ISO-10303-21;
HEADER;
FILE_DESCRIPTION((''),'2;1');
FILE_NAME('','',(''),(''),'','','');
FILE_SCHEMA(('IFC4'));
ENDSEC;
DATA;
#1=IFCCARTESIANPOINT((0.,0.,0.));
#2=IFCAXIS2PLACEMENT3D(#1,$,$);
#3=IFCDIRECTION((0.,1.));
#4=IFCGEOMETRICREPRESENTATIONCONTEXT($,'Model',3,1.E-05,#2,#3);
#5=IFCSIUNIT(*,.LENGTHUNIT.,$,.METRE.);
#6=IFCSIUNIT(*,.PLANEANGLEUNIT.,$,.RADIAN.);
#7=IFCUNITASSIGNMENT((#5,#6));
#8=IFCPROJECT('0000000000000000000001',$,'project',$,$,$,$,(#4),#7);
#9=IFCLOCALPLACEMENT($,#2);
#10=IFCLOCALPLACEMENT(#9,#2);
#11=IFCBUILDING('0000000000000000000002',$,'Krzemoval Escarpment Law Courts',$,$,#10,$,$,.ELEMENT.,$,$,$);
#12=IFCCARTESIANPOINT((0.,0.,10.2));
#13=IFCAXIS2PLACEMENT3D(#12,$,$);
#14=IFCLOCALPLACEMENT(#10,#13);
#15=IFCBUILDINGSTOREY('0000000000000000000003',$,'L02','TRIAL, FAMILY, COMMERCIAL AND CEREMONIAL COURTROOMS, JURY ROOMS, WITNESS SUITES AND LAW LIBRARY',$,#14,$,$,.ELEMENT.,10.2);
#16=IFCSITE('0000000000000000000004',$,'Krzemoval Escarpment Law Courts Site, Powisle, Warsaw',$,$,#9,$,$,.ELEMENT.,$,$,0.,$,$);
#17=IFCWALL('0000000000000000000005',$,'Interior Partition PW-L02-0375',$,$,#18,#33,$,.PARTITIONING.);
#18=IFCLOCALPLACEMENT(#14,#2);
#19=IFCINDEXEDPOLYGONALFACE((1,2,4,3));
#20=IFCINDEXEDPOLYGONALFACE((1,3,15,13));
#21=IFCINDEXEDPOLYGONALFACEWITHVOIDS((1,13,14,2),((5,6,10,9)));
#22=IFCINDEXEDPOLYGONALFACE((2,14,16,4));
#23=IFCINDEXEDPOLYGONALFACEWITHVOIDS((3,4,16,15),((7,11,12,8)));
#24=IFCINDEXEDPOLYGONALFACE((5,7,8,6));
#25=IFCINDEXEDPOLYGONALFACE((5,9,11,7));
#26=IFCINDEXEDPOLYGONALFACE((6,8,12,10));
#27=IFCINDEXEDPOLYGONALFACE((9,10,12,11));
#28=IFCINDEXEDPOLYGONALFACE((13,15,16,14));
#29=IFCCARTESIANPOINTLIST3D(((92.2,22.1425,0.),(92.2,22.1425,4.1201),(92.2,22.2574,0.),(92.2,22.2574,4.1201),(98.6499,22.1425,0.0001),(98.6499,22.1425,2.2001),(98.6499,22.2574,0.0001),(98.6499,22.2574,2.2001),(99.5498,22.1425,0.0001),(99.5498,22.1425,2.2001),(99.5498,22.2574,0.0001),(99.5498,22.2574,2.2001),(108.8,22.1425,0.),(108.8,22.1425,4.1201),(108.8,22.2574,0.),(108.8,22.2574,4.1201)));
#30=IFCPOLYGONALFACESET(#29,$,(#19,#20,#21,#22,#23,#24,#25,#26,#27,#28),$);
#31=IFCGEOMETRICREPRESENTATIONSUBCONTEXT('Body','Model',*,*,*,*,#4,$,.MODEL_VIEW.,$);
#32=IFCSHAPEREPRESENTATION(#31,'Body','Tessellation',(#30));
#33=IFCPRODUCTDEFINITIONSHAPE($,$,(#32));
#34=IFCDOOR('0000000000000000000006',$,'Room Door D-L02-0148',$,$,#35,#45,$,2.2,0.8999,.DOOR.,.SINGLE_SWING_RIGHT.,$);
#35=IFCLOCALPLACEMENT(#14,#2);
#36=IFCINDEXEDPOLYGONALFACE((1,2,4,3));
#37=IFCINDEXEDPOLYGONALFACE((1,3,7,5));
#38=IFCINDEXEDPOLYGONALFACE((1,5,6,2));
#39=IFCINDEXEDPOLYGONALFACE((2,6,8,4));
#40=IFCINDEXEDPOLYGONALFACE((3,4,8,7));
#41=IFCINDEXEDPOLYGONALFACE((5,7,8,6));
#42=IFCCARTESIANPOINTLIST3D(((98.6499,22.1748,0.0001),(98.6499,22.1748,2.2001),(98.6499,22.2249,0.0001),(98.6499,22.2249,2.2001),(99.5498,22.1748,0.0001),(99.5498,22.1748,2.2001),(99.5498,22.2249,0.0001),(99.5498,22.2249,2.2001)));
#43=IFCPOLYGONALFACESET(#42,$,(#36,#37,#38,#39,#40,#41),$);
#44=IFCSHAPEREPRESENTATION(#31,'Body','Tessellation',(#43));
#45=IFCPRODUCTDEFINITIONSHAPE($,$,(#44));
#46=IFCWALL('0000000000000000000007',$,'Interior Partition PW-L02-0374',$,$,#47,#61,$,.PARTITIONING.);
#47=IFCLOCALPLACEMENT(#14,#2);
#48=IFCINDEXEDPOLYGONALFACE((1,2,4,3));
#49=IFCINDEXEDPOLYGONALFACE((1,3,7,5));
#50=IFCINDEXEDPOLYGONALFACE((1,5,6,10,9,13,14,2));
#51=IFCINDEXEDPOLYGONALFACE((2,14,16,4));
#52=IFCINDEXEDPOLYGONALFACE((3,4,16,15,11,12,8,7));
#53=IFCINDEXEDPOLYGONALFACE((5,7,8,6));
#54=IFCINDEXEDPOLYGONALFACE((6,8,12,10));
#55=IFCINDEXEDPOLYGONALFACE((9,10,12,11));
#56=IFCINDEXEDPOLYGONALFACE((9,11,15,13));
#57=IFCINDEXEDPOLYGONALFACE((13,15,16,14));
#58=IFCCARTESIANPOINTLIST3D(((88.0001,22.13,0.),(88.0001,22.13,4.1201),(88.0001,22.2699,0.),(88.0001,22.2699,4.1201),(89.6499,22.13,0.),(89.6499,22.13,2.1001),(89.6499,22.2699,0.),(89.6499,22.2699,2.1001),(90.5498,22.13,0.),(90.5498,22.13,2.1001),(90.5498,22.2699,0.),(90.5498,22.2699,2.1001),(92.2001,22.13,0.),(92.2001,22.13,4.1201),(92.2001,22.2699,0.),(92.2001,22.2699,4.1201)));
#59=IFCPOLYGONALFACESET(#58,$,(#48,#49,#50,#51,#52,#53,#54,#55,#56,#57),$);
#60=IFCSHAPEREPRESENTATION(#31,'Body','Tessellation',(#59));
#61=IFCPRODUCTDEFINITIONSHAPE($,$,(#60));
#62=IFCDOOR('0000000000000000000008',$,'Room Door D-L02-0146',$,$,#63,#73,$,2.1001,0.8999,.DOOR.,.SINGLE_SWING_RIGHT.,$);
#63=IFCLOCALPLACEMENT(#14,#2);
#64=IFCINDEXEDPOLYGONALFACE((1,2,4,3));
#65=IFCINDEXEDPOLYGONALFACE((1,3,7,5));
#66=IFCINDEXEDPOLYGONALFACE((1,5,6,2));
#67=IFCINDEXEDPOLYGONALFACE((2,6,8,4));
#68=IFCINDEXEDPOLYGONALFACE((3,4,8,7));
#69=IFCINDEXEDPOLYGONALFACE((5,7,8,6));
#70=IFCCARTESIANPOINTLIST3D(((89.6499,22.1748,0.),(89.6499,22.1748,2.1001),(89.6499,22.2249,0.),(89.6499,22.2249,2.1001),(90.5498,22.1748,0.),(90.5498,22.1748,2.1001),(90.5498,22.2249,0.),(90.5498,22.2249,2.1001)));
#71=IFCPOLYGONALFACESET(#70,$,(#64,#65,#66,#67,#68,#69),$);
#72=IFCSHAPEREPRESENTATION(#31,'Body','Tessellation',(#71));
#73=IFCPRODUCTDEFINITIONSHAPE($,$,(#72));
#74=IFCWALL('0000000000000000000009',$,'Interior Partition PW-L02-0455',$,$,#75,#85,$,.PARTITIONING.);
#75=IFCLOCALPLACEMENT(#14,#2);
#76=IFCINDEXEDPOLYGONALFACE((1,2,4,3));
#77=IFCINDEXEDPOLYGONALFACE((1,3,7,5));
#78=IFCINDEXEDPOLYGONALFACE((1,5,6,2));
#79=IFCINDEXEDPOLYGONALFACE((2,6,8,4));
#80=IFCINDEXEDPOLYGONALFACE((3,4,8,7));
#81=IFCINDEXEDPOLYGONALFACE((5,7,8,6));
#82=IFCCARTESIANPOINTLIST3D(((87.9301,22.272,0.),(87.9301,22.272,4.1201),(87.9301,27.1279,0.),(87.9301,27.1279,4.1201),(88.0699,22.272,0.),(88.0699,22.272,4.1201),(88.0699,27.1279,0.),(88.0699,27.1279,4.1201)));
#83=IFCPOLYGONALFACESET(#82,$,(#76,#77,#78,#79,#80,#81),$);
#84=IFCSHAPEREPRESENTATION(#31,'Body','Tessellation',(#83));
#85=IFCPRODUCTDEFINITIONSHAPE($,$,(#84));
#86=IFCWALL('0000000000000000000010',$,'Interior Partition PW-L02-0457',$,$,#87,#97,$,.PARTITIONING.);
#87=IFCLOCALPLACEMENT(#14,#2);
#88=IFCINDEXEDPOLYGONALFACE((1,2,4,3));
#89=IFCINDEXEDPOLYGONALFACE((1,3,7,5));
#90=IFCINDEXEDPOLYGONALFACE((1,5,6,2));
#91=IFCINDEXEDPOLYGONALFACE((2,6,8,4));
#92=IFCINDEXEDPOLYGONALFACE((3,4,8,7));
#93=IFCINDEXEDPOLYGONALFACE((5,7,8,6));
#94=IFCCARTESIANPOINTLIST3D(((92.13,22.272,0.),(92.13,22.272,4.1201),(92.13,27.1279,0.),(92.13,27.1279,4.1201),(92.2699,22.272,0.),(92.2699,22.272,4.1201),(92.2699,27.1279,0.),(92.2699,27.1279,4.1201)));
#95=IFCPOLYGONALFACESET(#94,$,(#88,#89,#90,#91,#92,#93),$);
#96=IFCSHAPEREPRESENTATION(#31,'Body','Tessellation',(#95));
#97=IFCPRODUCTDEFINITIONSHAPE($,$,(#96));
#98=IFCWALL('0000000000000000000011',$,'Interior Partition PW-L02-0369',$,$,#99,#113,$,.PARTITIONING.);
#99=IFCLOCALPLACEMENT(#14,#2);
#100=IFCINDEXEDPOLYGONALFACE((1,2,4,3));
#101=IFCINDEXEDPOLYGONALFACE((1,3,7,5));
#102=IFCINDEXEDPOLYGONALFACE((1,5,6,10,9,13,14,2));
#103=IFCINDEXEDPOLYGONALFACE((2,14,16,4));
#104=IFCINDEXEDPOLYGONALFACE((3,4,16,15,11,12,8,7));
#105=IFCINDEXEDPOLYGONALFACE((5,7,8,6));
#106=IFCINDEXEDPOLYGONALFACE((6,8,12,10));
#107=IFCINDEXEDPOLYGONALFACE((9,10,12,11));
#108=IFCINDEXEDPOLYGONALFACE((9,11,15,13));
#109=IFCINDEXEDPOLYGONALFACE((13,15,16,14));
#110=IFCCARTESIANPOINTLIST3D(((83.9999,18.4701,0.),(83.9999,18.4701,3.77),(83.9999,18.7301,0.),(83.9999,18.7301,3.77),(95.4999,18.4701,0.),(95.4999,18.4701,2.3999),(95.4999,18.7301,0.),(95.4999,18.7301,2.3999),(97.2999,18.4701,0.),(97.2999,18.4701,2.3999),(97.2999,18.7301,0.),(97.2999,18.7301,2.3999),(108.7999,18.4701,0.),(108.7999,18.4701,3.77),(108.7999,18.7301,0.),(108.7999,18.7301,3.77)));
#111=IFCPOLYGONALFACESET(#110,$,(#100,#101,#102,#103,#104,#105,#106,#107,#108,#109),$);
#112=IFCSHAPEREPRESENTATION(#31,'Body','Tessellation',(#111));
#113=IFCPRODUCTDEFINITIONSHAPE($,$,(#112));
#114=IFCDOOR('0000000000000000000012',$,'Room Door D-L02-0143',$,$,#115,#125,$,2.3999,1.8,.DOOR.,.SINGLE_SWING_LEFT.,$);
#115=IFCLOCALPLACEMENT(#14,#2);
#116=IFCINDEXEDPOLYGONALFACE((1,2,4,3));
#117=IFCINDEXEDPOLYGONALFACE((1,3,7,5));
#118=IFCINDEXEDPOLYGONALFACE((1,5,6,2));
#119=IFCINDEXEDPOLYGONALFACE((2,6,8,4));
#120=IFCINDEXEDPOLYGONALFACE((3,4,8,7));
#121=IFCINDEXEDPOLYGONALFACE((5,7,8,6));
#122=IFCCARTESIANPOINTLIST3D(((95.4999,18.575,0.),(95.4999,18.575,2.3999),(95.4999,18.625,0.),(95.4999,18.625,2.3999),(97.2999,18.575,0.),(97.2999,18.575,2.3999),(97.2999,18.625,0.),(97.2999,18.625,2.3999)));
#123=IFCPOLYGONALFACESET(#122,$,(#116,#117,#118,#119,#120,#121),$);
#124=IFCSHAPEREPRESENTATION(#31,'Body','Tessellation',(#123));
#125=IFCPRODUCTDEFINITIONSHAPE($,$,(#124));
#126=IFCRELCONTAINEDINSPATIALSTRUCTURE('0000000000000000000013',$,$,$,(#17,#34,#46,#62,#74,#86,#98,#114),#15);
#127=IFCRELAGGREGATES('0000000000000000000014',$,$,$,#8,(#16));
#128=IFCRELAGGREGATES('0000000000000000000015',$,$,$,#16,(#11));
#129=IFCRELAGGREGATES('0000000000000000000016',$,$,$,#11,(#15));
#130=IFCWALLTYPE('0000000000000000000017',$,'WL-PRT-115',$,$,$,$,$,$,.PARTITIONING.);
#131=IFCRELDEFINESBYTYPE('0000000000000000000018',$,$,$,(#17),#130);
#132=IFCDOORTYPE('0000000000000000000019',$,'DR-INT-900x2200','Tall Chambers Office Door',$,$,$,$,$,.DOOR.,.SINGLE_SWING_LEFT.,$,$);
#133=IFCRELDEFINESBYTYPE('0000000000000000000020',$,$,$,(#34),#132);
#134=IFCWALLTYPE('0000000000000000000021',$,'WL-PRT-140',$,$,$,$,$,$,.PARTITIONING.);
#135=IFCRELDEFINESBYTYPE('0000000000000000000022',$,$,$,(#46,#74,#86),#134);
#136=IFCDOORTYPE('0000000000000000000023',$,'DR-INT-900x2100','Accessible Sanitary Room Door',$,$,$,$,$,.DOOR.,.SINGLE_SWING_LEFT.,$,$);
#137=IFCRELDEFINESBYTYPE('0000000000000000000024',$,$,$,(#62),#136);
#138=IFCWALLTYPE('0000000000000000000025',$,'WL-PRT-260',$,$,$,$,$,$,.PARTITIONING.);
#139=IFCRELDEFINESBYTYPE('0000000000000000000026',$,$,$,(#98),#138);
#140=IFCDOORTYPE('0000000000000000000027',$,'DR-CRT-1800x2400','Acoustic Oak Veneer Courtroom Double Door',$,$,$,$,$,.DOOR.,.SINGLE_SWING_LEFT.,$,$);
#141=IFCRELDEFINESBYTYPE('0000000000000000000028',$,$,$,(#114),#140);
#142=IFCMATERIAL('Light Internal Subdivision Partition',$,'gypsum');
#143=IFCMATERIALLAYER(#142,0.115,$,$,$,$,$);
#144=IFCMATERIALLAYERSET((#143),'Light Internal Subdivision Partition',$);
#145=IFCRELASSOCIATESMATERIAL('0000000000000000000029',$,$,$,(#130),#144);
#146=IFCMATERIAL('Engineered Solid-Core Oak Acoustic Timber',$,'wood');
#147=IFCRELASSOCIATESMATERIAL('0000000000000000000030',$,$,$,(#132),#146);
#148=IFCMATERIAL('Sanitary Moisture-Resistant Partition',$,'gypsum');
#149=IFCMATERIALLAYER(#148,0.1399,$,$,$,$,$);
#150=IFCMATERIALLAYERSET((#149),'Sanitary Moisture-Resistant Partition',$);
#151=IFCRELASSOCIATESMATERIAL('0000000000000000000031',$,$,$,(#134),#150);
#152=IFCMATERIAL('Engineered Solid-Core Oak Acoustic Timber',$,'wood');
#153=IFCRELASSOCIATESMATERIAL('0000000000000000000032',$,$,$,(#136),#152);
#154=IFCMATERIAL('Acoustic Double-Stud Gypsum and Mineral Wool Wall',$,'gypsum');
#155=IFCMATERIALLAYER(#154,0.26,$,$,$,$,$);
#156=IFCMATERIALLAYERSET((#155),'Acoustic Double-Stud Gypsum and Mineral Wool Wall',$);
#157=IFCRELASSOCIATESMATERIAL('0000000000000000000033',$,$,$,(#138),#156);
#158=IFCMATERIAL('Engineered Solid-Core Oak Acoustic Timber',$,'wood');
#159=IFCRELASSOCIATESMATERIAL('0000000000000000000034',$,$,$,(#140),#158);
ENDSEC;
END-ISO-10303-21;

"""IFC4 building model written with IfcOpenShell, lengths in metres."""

from ifc_helpers import new_model, si_unit, direction, frame, frame_2d, origin, place, context, subcontext, project, spatial, rectangle, extrude, material, layer, layer_set, type_object, element, fill, save


model = new_model("IFC4")

# Units and contexts
model_context = context("Model", 3, precision=1e-05, world=origin(), true_north=direction((0.0, 1.0)))
body_context = subcontext(model_context, "Body", "Model", "MODEL_VIEW")
ifc_project = project(units=[si_unit("LENGTHUNIT", "METRE"), si_unit("PLANEANGLEUNIT", "RADIAN")], contexts=[model_context])

# Site, building, storey
site_placement = place(None, origin())
site = spatial("IfcSite", under=ifc_project, at=site_placement, Name="Krzemoval Escarpment Law Courts Site, Powisle, Warsaw", CompositionType="ELEMENT", RefElevation=0.0)
building_placement = place(site_placement, origin())
building = spatial("IfcBuilding", under=site, at=building_placement, Name="Krzemoval Escarpment Law Courts", CompositionType="ELEMENT")
storey_placement = place(building_placement, frame((0.0, 0.0, 10.2)))
storey = spatial("IfcBuildingStorey", under=building, at=storey_placement, Name="L02", Description="TRIAL, FAMILY, COMMERCIAL AND CEREMONIAL COURTROOMS, JURY ROOMS, WITNESS SUITES AND LAW LIBRARY", CompositionType="ELEMENT", Elevation=10.2)

# Walls, openings, doors
ifc_material_1 = material(Name="Light Internal Subdivision Partition", Category="gypsum")
ifc_layer_1 = layer(ifc_material_1, 0.115)
ifc_layer_set_1 = layer_set([ifc_layer_1], Name="Light Internal Subdivision Partition")
wall_type_1 = type_object("IfcWallType", Name="WL-PRT-115", PredefinedType="PARTITIONING", material=ifc_layer_set_1)
wall_1_placement = place(storey_placement, frame((92.2, 22.2, 0.0), z_axis=(0.0, 0.0, 1.0), x_axis=(1.0, 0.0, 0.0)))
wall_1 = element("IfcWall", 1, at=wall_1_placement, inside=storey, type_object=wall_type_1, Name="Interior Partition PW-L02-0375", PredefinedType="PARTITIONING", context=body_context, shape_type="SweptSolid", body=[
    extrude(rectangle(XDim=16.6001, YDim=0.115, at=frame_2d((8.3, 0.0))), origin(), (0.0, 0.0, 1.0), 4.1201),
])
opening_1_placement = place(wall_1_placement, frame((6.45, 0.0, 0.0)))
opening_1 = element("IfcOpeningElement", 2, at=opening_1_placement, cuts=wall_1, PredefinedType="OPENING", context=body_context, shape_type="SweptSolid", body=[
    extrude(rectangle(XDim=0.8999, YDim=2.2, at=frame_2d((0.45, 1.1001))), frame((0.0, 0.0725, 0.0), z_axis=(0.0, -1.0, 0.0), x_axis=(1.0, 0.0, 0.0)), (0.0, 0.0, 1.0), 0.145),
])
ifc_material_2 = material(Name="Engineered Solid-Core Oak Acoustic Timber", Category="wood")
door_type_1 = type_object("IfcDoorType", Name="DR-INT-900x2200", Description="Tall Chambers Office Door", OperationType="SINGLE_SWING_LEFT", PredefinedType="DOOR", material=ifc_material_2)
door_1_placement = place(opening_1_placement, origin())
door_1 = element("IfcDoor", 3, at=door_1_placement, inside=storey, type_object=door_type_1, Name="Room Door D-L02-0148", OperationType="SINGLE_SWING_RIGHT", OverallHeight=2.2, OverallWidth=0.8999, PredefinedType="DOOR", context=body_context, shape_type="SweptSolid", body=[
    extrude(rectangle(XDim=0.8999, YDim=2.2, at=frame_2d((0.45, 1.1001))), frame((0.0, 0.0249, 0.0), z_axis=(0.0, -1.0, 0.0), x_axis=(1.0, 0.0, 0.0)), (0.0, 0.0, 1.0), 0.05),
])
fill(opening_1, door_1)
ifc_material_3 = material(Name="Sanitary Moisture-Resistant Partition", Category="gypsum")
ifc_layer_2 = layer(ifc_material_3, 0.1399)
ifc_layer_set_2 = layer_set([ifc_layer_2], Name="Sanitary Moisture-Resistant Partition")
wall_type_2 = type_object("IfcWallType", Name="WL-PRT-140", PredefinedType="PARTITIONING", material=ifc_layer_set_2)
wall_2_placement = place(storey_placement, frame((88.0, 22.2, 0.0), z_axis=(0.0, 0.0, 1.0), x_axis=(1.0, 0.0, 0.0)))
wall_2 = element("IfcWall", 4, at=wall_2_placement, inside=storey, type_object=wall_type_2, Name="Interior Partition PW-L02-0374", PredefinedType="PARTITIONING", context=body_context, shape_type="SweptSolid", body=[
    extrude(rectangle(XDim=4.2, YDim=0.1399, at=frame_2d((2.1001, 0.0))), origin(), (0.0, 0.0, 1.0), 4.1201),
])
opening_2_placement = place(wall_2_placement, frame((1.6499, 0.0, 0.0)))
opening_2 = element("IfcOpeningElement", 5, at=opening_2_placement, cuts=wall_2, PredefinedType="OPENING", context=body_context, shape_type="SweptSolid", body=[
    extrude(rectangle(XDim=0.8999, YDim=2.1001, at=frame_2d((0.45, 1.05))), frame((0.0, 0.0849, 0.0), z_axis=(0.0, -1.0, 0.0), x_axis=(1.0, 0.0, 0.0)), (0.0, 0.0, 1.0), 0.1699),
])
ifc_material_4 = material(Name="Engineered Solid-Core Oak Acoustic Timber", Category="wood")
door_type_2 = type_object("IfcDoorType", Name="DR-INT-900x2100", Description="Accessible Sanitary Room Door", OperationType="SINGLE_SWING_LEFT", PredefinedType="DOOR", material=ifc_material_4)
door_2_placement = place(opening_2_placement, origin())
door_2 = element("IfcDoor", 6, at=door_2_placement, inside=storey, type_object=door_type_2, Name="Room Door D-L02-0146", OperationType="SINGLE_SWING_RIGHT", OverallHeight=2.1001, OverallWidth=0.8999, PredefinedType="DOOR", context=body_context, shape_type="SweptSolid", body=[
    extrude(rectangle(XDim=0.8999, YDim=2.1001, at=frame_2d((0.45, 1.05))), frame((0.0, 0.0249, 0.0), z_axis=(0.0, -1.0, 0.0), x_axis=(1.0, 0.0, 0.0)), (0.0, 0.0, 1.0), 0.05),
])
fill(opening_2, door_2)

# Walls
for number, where, z_axis, x_axis, name in (
    (7, (88.0, 22.272, 0.0), (0.0, 0.0, 1.0), (0.0, 1.0, 0.0), "Interior Partition PW-L02-0455"),
    (8, (92.2, 22.272, 0.0), (0.0, 0.0, 1.0), (0.0, 1.0, 0.0), "Interior Partition PW-L02-0457"),
):
    element("IfcWall", number, at=place(storey_placement, frame(where, z_axis=z_axis, x_axis=x_axis)), inside=storey, type_object=wall_type_2, Name=name, PredefinedType="PARTITIONING", context=body_context, shape_type="SweptSolid", body=[
        extrude(rectangle(XDim=4.856, YDim=0.1399, at=frame_2d((2.428, 0.0))), origin(), (0.0, 0.0, 1.0), 4.1201),
    ])

# Wall, opening, door
ifc_material_5 = material(Name="Acoustic Double-Stud Gypsum and Mineral Wool Wall", Category="gypsum")
ifc_layer_3 = layer(ifc_material_5, 0.26)
ifc_layer_set_3 = layer_set([ifc_layer_3], Name="Acoustic Double-Stud Gypsum and Mineral Wool Wall")
wall_type_3 = type_object("IfcWallType", Name="WL-PRT-260", PredefinedType="PARTITIONING", material=ifc_layer_set_3)
wall_3_placement = place(storey_placement, frame((84.0, 18.6001, 0.0), z_axis=(0.0, 0.0, 1.0), x_axis=(1.0, 0.0, 0.0)))
wall_3 = element("IfcWall", 9, at=wall_3_placement, inside=storey, type_object=wall_type_3, Name="Interior Partition PW-L02-0369", PredefinedType="PARTITIONING", context=body_context, shape_type="SweptSolid", body=[
    extrude(rectangle(XDim=24.8, YDim=0.26, at=frame_2d((12.3999, 0.0))), origin(), (0.0, 0.0, 1.0), 3.77),
])
opening_3_placement = place(wall_3_placement, frame((11.5, 0.0, 0.0)))
opening_3 = element("IfcOpeningElement", 10, at=opening_3_placement, cuts=wall_3, PredefinedType="OPENING", context=body_context, shape_type="SweptSolid", body=[
    extrude(rectangle(XDim=1.8, YDim=2.3999, at=frame_2d((0.8999, 1.2))), frame((0.0, 0.145, 0.0), z_axis=(0.0, -1.0, 0.0), x_axis=(1.0, 0.0, 0.0)), (0.0, 0.0, 1.0), 0.29),
])
ifc_material_6 = material(Name="Engineered Solid-Core Oak Acoustic Timber", Category="wood")
door_type_3 = type_object("IfcDoorType", Name="DR-CRT-1800x2400", Description="Acoustic Oak Veneer Courtroom Double Door", OperationType="SINGLE_SWING_LEFT", PredefinedType="DOOR", material=ifc_material_6)
door_3_placement = place(opening_3_placement, origin())
door_3 = element("IfcDoor", 11, at=door_3_placement, inside=storey, type_object=door_type_3, Name="Room Door D-L02-0143", OperationType="SINGLE_SWING_LEFT", OverallHeight=2.3999, OverallWidth=1.8, PredefinedType="DOOR", context=body_context, shape_type="SweptSolid", body=[
    extrude(rectangle(XDim=1.8, YDim=2.3999, at=frame_2d((0.8999, 1.2))), frame((0.0, 0.0249, 0.0), z_axis=(0.0, -1.0, 0.0), x_axis=(1.0, 0.0, 0.0)), (0.0, 0.0, 1.0), 0.05),
])
fill(opening_3, door_3)

save(model, "model.ifc")
